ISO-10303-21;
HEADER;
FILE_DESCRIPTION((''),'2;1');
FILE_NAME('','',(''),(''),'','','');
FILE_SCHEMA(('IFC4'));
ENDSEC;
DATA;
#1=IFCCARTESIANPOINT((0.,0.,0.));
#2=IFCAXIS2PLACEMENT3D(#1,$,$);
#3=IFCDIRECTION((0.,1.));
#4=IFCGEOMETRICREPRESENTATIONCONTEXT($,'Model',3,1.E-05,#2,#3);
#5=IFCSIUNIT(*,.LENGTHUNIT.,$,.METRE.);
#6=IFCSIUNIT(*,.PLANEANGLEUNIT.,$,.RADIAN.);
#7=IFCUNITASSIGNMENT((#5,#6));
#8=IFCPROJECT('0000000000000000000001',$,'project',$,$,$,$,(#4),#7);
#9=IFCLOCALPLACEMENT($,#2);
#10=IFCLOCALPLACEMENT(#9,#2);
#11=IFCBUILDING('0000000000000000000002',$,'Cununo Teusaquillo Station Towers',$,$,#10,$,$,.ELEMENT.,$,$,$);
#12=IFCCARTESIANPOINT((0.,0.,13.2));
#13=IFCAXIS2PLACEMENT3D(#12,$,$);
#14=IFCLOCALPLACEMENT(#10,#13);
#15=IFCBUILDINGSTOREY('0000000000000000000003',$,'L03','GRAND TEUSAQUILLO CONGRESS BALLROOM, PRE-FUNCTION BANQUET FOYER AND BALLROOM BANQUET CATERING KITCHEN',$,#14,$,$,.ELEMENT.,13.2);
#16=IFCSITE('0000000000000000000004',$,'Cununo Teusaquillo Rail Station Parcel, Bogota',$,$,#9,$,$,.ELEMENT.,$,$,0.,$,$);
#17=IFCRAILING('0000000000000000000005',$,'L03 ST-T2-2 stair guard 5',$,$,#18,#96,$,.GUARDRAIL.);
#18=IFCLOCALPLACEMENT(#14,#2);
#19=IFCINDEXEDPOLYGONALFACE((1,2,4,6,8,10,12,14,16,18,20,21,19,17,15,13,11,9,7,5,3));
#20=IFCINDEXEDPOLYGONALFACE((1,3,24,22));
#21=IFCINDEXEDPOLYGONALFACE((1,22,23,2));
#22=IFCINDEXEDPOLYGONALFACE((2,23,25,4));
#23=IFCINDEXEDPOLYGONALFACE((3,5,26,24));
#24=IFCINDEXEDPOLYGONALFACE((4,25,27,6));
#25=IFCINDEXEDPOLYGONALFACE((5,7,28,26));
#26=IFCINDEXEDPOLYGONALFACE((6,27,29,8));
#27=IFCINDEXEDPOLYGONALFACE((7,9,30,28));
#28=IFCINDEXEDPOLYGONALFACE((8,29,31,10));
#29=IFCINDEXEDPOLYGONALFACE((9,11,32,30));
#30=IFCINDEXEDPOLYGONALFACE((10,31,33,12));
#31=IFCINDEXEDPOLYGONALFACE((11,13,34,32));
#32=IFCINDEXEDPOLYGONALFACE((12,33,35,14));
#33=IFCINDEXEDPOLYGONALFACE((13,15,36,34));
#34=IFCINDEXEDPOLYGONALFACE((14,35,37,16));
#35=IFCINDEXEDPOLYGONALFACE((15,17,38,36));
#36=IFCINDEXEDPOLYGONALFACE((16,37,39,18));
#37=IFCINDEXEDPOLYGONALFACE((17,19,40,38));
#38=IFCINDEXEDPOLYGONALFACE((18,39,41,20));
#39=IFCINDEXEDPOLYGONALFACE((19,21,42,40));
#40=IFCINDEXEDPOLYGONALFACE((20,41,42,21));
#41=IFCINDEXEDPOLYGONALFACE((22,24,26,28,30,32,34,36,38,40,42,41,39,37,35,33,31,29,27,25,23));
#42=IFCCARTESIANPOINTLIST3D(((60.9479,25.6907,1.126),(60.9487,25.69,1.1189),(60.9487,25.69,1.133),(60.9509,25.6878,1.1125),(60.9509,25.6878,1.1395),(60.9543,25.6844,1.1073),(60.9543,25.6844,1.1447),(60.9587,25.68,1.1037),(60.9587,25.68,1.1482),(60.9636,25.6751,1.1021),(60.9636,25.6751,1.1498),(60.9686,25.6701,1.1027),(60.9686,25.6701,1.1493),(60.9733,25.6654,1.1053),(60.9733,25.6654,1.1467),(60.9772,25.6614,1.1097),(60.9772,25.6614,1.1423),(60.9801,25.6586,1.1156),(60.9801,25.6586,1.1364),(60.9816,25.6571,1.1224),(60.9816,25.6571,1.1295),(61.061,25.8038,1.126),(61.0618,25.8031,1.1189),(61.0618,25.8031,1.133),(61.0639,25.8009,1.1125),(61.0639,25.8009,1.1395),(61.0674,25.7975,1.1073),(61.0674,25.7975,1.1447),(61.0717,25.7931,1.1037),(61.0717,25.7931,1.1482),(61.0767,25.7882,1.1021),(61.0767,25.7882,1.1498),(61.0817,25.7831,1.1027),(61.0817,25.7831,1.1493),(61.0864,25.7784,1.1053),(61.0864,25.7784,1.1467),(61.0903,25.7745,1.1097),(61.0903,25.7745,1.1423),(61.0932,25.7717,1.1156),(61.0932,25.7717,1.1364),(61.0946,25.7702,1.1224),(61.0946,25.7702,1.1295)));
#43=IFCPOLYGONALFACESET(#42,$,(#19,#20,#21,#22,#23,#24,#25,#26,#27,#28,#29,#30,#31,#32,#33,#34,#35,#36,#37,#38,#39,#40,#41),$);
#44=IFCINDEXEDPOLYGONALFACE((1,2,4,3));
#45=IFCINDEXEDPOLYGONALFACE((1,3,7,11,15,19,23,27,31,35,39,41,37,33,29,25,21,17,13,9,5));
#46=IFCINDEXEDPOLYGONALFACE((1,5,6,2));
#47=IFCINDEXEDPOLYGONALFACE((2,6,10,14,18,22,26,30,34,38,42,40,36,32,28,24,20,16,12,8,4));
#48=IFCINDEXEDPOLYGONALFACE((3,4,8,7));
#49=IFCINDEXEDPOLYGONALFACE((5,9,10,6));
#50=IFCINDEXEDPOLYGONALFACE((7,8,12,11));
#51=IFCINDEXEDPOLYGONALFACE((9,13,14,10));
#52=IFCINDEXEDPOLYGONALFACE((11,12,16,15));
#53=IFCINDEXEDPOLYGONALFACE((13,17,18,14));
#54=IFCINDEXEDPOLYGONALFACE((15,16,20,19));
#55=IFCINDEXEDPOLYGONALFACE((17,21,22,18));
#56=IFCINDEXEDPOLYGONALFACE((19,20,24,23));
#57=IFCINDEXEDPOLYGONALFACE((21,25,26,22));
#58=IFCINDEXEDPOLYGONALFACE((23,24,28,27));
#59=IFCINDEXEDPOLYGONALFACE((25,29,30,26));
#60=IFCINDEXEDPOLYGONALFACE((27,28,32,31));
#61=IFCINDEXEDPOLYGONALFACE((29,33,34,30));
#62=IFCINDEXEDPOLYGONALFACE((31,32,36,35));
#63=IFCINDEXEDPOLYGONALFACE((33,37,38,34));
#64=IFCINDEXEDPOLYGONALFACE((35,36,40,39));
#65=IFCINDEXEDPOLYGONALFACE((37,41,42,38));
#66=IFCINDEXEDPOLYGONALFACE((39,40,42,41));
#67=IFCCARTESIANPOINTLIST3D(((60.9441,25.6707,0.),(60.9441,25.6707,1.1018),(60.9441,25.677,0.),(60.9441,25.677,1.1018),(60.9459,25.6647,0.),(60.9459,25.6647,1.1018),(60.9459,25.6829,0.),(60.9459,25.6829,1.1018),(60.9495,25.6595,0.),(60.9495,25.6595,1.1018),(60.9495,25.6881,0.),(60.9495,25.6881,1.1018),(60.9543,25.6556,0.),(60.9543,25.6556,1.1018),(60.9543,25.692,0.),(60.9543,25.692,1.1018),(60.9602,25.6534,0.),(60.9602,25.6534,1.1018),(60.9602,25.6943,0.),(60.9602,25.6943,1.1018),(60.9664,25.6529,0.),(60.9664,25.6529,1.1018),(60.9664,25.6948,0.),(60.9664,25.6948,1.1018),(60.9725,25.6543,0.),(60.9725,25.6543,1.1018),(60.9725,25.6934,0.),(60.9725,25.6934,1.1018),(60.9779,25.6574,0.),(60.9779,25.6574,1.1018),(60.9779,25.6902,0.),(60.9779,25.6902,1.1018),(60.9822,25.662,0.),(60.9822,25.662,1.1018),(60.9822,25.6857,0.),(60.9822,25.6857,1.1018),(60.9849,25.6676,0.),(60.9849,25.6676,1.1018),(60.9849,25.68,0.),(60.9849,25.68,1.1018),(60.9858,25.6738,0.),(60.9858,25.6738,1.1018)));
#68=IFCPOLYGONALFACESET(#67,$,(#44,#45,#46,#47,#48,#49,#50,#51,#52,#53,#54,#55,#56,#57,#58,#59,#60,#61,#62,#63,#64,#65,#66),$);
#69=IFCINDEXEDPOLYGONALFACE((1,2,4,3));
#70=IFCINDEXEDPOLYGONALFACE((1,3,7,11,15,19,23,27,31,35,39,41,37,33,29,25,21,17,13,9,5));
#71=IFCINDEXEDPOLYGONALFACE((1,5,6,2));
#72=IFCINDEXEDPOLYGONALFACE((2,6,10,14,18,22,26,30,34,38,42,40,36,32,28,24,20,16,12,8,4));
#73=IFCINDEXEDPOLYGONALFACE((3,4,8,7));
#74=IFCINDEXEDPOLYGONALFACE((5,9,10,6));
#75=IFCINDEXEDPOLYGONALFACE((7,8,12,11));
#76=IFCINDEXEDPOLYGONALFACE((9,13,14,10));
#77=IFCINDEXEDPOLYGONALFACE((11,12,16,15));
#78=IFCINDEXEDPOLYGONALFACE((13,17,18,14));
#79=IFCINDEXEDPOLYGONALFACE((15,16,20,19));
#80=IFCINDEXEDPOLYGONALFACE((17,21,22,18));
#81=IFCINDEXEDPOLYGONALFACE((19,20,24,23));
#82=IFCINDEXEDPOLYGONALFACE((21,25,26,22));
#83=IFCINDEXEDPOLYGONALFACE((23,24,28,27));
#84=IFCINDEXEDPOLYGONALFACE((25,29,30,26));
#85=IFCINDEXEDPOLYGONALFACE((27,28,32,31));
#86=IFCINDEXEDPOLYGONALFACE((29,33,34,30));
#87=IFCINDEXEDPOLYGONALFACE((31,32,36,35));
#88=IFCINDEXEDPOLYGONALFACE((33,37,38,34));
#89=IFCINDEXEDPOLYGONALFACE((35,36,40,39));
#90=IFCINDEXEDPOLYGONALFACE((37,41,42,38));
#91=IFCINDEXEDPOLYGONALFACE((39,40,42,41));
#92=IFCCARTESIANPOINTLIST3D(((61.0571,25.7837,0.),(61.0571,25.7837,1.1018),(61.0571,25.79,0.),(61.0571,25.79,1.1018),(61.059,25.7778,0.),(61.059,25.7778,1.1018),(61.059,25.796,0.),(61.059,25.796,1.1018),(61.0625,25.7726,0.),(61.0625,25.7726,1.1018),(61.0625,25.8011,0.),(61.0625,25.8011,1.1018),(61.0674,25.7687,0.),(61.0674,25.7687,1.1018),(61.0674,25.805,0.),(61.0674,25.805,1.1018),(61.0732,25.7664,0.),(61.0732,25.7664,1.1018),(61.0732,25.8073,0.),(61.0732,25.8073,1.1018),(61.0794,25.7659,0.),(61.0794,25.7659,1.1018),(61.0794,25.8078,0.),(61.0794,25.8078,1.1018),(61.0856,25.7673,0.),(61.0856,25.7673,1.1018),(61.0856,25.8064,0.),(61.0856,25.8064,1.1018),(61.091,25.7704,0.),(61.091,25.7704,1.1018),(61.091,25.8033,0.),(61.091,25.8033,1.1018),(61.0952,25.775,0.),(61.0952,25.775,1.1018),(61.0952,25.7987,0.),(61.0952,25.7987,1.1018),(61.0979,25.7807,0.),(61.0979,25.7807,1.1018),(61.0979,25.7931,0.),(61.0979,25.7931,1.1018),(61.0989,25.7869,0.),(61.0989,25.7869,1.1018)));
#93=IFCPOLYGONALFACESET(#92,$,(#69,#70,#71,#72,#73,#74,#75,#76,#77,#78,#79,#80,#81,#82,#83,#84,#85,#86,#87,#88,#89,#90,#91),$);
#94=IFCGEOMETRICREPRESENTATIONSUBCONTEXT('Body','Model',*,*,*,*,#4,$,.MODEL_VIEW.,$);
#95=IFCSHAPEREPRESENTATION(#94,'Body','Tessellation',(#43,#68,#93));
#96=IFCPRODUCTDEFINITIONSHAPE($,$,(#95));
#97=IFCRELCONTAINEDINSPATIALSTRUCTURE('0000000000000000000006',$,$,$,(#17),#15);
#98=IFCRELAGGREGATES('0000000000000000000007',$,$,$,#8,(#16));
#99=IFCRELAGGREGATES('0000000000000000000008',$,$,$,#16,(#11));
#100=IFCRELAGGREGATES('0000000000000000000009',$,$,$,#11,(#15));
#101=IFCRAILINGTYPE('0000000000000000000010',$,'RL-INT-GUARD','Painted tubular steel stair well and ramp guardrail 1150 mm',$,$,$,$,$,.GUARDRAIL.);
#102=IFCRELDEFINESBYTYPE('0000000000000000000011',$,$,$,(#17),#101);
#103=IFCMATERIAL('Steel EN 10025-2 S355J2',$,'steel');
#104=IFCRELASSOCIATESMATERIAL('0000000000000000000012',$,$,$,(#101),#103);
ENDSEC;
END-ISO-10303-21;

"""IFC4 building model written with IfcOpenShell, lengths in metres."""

from ifc_helpers import new_model, si_unit, direction, frame, origin, origin_2d, place, context, subcontext, project, spatial, circle, extrude, material, type_object, element, save


model = new_model("IFC4")

# Units and contexts
model_context = context("Model", 3, precision=1e-05, world=origin(), true_north=direction((0.0, 1.0)))
body_context = subcontext(model_context, "Body", "Model", "MODEL_VIEW")
ifc_project = project(units=[si_unit("LENGTHUNIT", "METRE"), si_unit("PLANEANGLEUNIT", "RADIAN")], contexts=[model_context])

# Site, building, storey
site_placement = place(None, origin())
site = spatial("IfcSite", under=ifc_project, at=site_placement, Name="Cununo Teusaquillo Rail Station Parcel, Bogota", CompositionType="ELEMENT", RefElevation=0.0)
building_placement = place(site_placement, origin())
building = spatial("IfcBuilding", under=site, at=building_placement, Name="Cununo Teusaquillo Station Towers", CompositionType="ELEMENT")
storey_placement = place(building_placement, frame((0.0, 0.0, 13.2)))
storey = spatial("IfcBuildingStorey", under=building, at=storey_placement, Name="L03", Description="GRAND TEUSAQUILLO CONGRESS BALLROOM, PRE-FUNCTION BANQUET FOYER AND BALLROOM BANQUET CATERING KITCHEN", CompositionType="ELEMENT", Elevation=13.2)

# Railing
ifc_material_1 = material(Name="Steel EN 10025-2 S355J2", Category="steel")
railing_type_1 = type_object("IfcRailingType", Name="RL-INT-GUARD", Description="Painted tubular steel stair well and ramp guardrail 1150 mm", PredefinedType="GUARDRAIL", material=ifc_material_1)
railing_1_placement = place(storey_placement, frame((60.9648, 25.6738, 0.0)))
element("IfcRailing", 1, at=railing_1_placement, inside=storey, type_object=railing_type_1, Name="L03 ST-T2-2 stair guard 5", PredefinedType="GUARDRAIL", context=body_context, shape_type="SweptSolid", body=[
    extrude(circle(Radius=0.0239, at=origin_2d()), frame((0.0, 0.0, 1.126), z_axis=(0.707107, 0.707107, 0.0), x_axis=(-0.707107, 0.707107, 0.0)), (0.0, 0.0, 1.0), 0.1599),
    extrude(circle(Radius=0.021, at=origin_2d()), origin(), (0.0, 0.0, 1.0), 1.1018),
    extrude(circle(Radius=0.021, at=origin_2d()), frame((0.113, 0.113, 0.0)), (0.0, 0.0, 1.0), 1.1018),
])

save(model, "model.ifc")
